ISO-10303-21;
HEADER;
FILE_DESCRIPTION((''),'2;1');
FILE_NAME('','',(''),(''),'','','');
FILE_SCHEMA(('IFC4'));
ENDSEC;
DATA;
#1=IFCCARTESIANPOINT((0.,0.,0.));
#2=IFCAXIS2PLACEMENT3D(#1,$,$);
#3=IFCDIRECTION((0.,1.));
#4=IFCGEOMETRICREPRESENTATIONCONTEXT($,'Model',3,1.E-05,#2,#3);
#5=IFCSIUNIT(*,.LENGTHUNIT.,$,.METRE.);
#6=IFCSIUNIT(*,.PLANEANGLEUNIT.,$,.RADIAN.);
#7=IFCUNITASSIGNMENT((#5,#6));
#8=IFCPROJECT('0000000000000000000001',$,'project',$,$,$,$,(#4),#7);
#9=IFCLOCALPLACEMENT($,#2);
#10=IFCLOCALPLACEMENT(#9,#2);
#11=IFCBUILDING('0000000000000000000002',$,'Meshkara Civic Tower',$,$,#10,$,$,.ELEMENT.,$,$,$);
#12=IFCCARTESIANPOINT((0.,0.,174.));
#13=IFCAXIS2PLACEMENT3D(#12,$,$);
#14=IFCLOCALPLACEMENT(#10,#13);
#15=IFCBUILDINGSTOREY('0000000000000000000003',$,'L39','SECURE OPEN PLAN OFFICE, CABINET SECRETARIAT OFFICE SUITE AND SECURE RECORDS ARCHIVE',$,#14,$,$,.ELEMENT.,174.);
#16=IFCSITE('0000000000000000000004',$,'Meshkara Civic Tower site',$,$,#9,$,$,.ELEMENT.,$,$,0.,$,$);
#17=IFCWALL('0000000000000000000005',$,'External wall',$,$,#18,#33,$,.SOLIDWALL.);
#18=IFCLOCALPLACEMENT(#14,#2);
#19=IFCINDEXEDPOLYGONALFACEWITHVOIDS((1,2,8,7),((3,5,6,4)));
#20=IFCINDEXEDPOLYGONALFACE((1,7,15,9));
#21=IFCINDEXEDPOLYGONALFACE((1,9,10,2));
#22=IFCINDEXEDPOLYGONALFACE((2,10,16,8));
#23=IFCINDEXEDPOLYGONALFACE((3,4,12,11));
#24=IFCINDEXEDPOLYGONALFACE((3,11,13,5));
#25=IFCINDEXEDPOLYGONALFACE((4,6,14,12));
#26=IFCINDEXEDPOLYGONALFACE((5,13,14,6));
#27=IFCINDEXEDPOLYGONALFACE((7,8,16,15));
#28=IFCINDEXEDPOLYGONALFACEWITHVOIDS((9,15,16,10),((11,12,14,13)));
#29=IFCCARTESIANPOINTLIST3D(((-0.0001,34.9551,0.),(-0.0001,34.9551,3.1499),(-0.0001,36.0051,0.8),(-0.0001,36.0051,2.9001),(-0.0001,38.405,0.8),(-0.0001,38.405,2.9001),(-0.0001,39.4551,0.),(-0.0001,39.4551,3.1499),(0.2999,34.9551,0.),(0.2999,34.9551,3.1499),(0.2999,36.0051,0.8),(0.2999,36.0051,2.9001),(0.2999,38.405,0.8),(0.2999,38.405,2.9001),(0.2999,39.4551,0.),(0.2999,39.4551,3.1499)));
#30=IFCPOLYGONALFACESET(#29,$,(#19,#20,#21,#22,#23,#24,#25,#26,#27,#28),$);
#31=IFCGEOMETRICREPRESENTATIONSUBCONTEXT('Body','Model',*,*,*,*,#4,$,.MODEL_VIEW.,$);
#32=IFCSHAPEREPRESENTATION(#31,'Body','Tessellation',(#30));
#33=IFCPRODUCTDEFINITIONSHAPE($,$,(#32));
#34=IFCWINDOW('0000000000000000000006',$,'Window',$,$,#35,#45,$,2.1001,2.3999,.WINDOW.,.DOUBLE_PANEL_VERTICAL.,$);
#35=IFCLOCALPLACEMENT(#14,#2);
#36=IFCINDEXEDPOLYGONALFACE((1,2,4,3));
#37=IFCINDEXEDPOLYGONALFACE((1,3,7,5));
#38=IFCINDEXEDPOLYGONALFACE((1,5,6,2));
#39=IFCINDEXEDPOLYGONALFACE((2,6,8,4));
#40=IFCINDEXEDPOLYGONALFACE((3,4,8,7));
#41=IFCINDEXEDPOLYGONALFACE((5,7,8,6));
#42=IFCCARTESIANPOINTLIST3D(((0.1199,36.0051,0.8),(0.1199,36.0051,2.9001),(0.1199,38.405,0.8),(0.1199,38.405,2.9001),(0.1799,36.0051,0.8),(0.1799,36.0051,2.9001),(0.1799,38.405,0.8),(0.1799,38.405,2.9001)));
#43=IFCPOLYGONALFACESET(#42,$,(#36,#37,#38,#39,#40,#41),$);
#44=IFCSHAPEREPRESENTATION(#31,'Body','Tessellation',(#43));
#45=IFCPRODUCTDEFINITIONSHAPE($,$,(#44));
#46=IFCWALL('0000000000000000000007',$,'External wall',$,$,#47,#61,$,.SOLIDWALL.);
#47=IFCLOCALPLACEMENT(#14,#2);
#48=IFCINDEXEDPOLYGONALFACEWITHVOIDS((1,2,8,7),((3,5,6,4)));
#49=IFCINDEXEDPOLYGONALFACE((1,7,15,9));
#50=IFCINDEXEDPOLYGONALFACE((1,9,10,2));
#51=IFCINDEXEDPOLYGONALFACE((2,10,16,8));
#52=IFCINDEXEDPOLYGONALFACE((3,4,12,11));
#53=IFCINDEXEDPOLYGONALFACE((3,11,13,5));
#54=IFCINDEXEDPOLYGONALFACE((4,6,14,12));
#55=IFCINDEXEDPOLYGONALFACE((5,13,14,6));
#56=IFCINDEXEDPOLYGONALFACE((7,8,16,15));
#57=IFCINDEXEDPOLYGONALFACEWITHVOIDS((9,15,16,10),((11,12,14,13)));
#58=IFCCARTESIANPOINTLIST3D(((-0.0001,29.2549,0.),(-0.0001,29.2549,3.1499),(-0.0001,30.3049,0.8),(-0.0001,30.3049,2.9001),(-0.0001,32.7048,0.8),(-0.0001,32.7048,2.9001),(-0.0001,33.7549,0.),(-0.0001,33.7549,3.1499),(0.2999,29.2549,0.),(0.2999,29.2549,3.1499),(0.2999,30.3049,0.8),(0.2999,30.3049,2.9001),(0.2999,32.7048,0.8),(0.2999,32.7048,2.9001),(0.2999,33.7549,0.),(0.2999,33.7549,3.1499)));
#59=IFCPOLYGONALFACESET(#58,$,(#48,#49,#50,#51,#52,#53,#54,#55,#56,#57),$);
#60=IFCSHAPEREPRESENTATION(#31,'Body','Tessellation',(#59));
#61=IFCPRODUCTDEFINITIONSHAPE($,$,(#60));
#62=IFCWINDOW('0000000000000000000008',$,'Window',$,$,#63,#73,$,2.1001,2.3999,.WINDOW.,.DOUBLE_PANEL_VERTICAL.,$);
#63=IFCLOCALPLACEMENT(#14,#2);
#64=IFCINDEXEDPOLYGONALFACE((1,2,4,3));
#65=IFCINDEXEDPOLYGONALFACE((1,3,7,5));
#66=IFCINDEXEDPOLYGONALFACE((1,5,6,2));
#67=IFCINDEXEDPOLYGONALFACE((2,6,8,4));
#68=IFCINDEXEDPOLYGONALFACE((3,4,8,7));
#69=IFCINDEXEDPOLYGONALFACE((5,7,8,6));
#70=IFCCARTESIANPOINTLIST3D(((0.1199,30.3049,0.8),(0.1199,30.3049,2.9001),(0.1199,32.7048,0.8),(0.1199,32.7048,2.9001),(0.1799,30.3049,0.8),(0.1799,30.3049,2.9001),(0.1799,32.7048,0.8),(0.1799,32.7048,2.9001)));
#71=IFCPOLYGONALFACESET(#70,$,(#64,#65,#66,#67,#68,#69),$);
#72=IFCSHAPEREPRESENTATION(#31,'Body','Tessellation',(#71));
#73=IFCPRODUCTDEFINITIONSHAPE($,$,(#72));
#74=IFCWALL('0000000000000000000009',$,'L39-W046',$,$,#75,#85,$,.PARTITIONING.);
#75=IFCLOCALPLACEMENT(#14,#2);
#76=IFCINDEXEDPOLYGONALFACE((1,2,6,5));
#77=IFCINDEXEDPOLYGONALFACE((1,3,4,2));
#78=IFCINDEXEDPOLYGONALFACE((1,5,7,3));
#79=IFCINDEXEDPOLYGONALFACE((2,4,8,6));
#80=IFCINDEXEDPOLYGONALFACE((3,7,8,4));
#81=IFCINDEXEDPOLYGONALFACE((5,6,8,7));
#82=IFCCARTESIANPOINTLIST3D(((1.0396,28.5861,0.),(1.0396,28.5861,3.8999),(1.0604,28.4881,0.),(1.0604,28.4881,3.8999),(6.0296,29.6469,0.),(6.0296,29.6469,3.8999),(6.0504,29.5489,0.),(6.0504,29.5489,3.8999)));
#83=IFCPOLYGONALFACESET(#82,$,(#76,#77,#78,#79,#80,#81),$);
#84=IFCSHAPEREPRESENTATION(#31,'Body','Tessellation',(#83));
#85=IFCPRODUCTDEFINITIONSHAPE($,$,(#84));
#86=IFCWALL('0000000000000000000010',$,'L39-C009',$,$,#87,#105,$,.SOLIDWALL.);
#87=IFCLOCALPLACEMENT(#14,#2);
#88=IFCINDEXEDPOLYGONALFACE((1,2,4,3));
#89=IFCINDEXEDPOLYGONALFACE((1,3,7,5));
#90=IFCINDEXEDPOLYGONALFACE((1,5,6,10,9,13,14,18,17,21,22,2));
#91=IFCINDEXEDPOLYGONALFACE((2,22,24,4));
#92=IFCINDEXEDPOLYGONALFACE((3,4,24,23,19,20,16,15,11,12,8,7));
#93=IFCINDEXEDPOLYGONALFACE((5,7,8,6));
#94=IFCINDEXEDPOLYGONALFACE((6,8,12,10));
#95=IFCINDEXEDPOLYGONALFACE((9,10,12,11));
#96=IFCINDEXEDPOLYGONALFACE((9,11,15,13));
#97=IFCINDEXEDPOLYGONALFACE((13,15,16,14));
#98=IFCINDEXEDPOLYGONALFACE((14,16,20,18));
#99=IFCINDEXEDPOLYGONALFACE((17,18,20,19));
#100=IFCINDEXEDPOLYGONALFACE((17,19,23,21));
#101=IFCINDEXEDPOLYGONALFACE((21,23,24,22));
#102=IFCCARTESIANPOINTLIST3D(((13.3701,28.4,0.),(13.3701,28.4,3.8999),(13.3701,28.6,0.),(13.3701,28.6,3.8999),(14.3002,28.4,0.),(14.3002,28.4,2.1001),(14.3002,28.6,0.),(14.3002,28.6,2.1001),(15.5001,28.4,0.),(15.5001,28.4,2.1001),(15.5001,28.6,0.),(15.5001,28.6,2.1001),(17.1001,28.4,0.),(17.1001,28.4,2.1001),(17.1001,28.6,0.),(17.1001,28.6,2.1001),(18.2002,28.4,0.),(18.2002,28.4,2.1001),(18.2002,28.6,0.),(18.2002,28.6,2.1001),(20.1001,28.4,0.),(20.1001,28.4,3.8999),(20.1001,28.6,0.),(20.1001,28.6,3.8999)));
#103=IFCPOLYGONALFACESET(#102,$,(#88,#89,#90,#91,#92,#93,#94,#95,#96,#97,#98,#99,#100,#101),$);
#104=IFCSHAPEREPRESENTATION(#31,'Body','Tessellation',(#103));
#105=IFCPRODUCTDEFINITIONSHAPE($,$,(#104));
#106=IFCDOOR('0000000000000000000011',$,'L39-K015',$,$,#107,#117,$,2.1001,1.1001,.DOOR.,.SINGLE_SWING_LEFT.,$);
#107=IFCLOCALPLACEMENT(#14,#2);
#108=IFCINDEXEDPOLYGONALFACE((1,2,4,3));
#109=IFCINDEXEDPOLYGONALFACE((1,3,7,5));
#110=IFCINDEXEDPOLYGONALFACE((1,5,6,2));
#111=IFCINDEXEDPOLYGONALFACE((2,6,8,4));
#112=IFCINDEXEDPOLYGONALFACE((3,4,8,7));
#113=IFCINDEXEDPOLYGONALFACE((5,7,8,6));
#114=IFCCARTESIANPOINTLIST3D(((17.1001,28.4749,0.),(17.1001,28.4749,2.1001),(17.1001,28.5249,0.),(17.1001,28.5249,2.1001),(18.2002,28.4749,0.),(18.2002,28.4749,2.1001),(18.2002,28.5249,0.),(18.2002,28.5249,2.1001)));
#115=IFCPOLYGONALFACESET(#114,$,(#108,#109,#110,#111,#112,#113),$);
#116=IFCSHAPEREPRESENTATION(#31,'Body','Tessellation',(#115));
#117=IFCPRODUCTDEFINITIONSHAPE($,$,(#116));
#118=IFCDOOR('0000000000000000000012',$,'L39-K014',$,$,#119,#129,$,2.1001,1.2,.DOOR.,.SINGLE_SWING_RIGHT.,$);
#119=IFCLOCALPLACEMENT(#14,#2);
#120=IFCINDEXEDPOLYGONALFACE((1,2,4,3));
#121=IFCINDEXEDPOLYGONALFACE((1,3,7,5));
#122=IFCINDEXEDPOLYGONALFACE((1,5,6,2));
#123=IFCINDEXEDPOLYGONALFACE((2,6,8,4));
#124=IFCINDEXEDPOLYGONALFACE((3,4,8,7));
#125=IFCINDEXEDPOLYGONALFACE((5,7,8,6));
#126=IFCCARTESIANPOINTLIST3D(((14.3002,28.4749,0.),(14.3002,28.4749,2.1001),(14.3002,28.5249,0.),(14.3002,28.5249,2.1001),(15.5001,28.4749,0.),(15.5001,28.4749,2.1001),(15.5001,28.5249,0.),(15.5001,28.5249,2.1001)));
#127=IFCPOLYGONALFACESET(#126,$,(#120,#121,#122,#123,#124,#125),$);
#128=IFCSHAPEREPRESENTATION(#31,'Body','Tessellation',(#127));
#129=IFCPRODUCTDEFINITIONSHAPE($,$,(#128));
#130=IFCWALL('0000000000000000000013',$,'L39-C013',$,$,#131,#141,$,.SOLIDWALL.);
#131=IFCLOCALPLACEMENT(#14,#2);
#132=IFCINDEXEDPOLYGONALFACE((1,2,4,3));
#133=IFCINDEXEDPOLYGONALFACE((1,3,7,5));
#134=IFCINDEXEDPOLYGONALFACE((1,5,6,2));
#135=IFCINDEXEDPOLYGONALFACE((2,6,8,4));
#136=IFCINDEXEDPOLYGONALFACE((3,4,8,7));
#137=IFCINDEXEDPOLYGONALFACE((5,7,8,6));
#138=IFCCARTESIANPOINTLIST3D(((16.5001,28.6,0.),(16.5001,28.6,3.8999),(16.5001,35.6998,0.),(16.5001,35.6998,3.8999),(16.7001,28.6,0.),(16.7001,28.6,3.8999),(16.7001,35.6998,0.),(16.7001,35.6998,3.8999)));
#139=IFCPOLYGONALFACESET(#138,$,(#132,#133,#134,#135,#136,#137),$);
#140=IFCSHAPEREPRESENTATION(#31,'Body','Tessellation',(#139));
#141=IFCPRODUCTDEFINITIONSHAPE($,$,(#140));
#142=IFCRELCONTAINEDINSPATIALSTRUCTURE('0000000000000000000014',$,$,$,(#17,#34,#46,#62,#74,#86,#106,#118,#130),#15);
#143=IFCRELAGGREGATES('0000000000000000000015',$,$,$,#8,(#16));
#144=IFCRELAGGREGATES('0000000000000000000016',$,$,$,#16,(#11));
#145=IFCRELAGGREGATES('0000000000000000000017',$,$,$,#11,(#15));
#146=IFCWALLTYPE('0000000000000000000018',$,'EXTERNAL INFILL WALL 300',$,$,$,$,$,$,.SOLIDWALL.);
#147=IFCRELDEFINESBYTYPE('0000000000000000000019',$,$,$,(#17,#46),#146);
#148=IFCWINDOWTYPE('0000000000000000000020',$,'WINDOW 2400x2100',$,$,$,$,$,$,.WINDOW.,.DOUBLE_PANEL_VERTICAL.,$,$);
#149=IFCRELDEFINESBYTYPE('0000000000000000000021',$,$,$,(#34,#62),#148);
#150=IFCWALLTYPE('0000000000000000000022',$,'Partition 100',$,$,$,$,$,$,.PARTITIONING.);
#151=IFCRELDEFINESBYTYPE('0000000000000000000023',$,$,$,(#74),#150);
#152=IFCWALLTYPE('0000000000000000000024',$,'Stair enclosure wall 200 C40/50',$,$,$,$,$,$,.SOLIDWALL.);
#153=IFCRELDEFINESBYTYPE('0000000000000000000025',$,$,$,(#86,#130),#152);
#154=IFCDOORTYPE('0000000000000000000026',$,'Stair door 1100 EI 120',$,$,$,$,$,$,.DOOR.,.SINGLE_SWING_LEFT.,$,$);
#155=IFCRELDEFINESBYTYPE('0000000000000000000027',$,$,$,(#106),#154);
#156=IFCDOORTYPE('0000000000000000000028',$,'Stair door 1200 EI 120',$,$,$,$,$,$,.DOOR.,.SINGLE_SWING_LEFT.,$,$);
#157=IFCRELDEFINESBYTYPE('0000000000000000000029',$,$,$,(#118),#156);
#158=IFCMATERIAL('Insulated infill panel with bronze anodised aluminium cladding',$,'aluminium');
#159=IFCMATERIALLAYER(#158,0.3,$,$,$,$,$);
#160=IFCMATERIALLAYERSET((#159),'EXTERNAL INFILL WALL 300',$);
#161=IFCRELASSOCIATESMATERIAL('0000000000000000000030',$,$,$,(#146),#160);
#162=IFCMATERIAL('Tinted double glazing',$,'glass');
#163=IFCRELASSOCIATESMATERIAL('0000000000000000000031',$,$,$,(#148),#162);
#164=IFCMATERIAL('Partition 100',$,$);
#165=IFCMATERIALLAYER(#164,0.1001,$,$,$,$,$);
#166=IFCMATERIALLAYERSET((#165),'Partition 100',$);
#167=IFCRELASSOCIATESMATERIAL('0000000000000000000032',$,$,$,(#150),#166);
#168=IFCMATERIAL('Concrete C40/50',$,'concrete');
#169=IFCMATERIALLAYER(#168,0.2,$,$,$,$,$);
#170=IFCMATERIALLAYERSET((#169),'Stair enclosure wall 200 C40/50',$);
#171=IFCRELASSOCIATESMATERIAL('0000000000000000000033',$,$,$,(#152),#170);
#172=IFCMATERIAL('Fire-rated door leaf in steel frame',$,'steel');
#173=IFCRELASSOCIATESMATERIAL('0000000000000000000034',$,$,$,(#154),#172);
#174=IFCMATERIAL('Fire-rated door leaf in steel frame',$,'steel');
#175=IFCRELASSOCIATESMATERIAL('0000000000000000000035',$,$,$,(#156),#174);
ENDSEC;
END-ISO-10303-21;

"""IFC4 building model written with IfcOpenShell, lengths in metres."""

from ifc_helpers import new_model, si_unit, direction, frame, frame_2d, origin, place, context, subcontext, project, spatial, rectangle, extrude, material, layer, layer_set, type_object, element, fill, save


model = new_model("IFC4")

# Units and contexts
model_context = context("Model", 3, precision=1e-05, world=origin(), true_north=direction((0.0, 1.0)))
body_context = subcontext(model_context, "Body", "Model", "MODEL_VIEW")
ifc_project = project(units=[si_unit("LENGTHUNIT", "METRE"), si_unit("PLANEANGLEUNIT", "RADIAN")], contexts=[model_context])

# Site, building, storey
site_placement = place(None, origin())
site = spatial("IfcSite", under=ifc_project, at=site_placement, Name="Meshkara Civic Tower site", CompositionType="ELEMENT", RefElevation=0.0)
building_placement = place(site_placement, origin())
building = spatial("IfcBuilding", under=site, at=building_placement, Name="Meshkara Civic Tower", CompositionType="ELEMENT")
storey_placement = place(building_placement, frame((0.0, 0.0, 174.0)))
storey = spatial("IfcBuildingStorey", under=building, at=storey_placement, Name="L39", Description="SECURE OPEN PLAN OFFICE, CABINET SECRETARIAT OFFICE SUITE AND SECURE RECORDS ARCHIVE", CompositionType="ELEMENT", Elevation=174.0)

# Walls, openings, windows
ifc_material_1 = material(Name="Insulated infill panel with bronze anodised aluminium cladding", Category="aluminium")
ifc_layer_1 = layer(ifc_material_1, 0.3)
ifc_layer_set_1 = layer_set([ifc_layer_1], Name="EXTERNAL INFILL WALL 300")
wall_type_1 = type_object("IfcWallType", Name="EXTERNAL INFILL WALL 300", PredefinedType="SOLIDWALL", material=ifc_layer_set_1)
wall_1_placement = place(storey_placement, frame((0.1499, 39.4551, 0.0), z_axis=(0.0, 0.0, 1.0), x_axis=(0.0, -1.0, 0.0)))
wall_1 = element("IfcWall", 1, at=wall_1_placement, inside=storey, type_object=wall_type_1, Name="External wall", PredefinedType="SOLIDWALL", context=body_context, shape_type="SweptSolid", body=[
    extrude(rectangle(XDim=4.5, YDim=0.3, at=frame_2d((2.25, 0.0))), origin(), (0.0, 0.0, 1.0), 3.1499),
])
opening_1_placement = place(wall_1_placement, frame((1.05, 0.0, 0.8)))
opening_1 = element("IfcOpeningElement", 2, at=opening_1_placement, cuts=wall_1, PredefinedType="OPENING", context=body_context, shape_type="SweptSolid", body=[
    extrude(rectangle(XDim=2.3999, YDim=2.1001, at=frame_2d((1.2, 1.05))), frame((0.0, 0.1599, 0.0), z_axis=(0.0, -1.0, 0.0), x_axis=(1.0, 0.0, 0.0)), (0.0, 0.0, 1.0), 0.3201),
])
ifc_material_2 = material(Name="Tinted double glazing", Category="glass")
window_type = type_object("IfcWindowType", Name="WINDOW 2400x2100", PartitioningType="DOUBLE_PANEL_VERTICAL", PredefinedType="WINDOW", material=ifc_material_2)
window_1_placement = place(opening_1_placement, origin())
window_1 = element("IfcWindow", 3, at=window_1_placement, inside=storey, type_object=window_type, Name="Window", OverallHeight=2.1001, OverallWidth=2.3999, PartitioningType="DOUBLE_PANEL_VERTICAL", PredefinedType="WINDOW", context=body_context, shape_type="SweptSolid", body=[
    extrude(rectangle(XDim=2.3999, YDim=2.1001, at=frame_2d((1.2, 1.05))), frame((0.0, 0.03, 0.0), z_axis=(0.0, -1.0, 0.0), x_axis=(1.0, 0.0, 0.0)), (0.0, 0.0, 1.0), 0.0601),
])
fill(opening_1, window_1)
wall_2_placement = place(storey_placement, frame((0.1499, 33.7549, 0.0), z_axis=(0.0, 0.0, 1.0), x_axis=(0.0, -1.0, 0.0)))
wall_2 = element("IfcWall", 4, at=wall_2_placement, inside=storey, type_object=wall_type_1, Name="External wall", PredefinedType="SOLIDWALL", context=body_context, shape_type="SweptSolid", body=[
    extrude(rectangle(XDim=4.5, YDim=0.3, at=frame_2d((2.25, 0.0))), origin(), (0.0, 0.0, 1.0), 3.1499),
])
opening_2_placement = place(wall_2_placement, frame((1.05, 0.0, 0.8)))
opening_2 = element("IfcOpeningElement", 5, at=opening_2_placement, cuts=wall_2, PredefinedType="OPENING", context=body_context, shape_type="SweptSolid", body=[
    extrude(rectangle(XDim=2.3999, YDim=2.1001, at=frame_2d((1.2, 1.05))), frame((0.0, 0.1599, 0.0), z_axis=(0.0, -1.0, 0.0), x_axis=(1.0, 0.0, 0.0)), (0.0, 0.0, 1.0), 0.3201),
])
window_2_placement = place(opening_2_placement, origin())
window_2 = element("IfcWindow", 6, at=window_2_placement, inside=storey, type_object=window_type, Name="Window", OverallHeight=2.1001, OverallWidth=2.3999, PartitioningType="DOUBLE_PANEL_VERTICAL", PredefinedType="WINDOW", context=body_context, shape_type="SweptSolid", body=[
    extrude(rectangle(XDim=2.3999, YDim=2.1001, at=frame_2d((1.2, 1.05))), frame((0.0, 0.03, 0.0), z_axis=(0.0, -1.0, 0.0), x_axis=(1.0, 0.0, 0.0)), (0.0, 0.0, 1.0), 0.0601),
])
fill(opening_2, window_2)

# Wall
ifc_material_3 = material(Name="Partition 100")
ifc_layer_2 = layer(ifc_material_3, 0.1001)
ifc_layer_set_2 = layer_set([ifc_layer_2], Name="Partition 100")
wall_type_2 = type_object("IfcWallType", Name="Partition 100", PredefinedType="PARTITIONING", material=ifc_layer_set_2)
wall_3_placement = place(storey_placement, frame((6.04, 29.5979, 0.0), z_axis=(0.0, 0.0, 1.0), x_axis=(-0.978142, -0.207937, 0.0)))
element("IfcWall", 7, at=wall_3_placement, inside=storey, type_object=wall_type_2, Name="L39-W046", PredefinedType="PARTITIONING", context=body_context, shape_type="SweptSolid", body=[
    extrude(rectangle(XDim=5.1016, YDim=0.1001, at=frame_2d((2.5508, 0.0))), origin(), (0.0, 0.0, 1.0), 3.8999),
])

# Wall, openings, doors
ifc_material_4 = material(Name="Concrete C40/50", Category="concrete")
ifc_layer_3 = layer(ifc_material_4, 0.2)
ifc_layer_set_3 = layer_set([ifc_layer_3], Name="Stair enclosure wall 200 C40/50")
wall_type_3 = type_object("IfcWallType", Name="Stair enclosure wall 200 C40/50", PredefinedType="SOLIDWALL", material=ifc_layer_set_3)
wall_4_placement = place(storey_placement, frame((13.3701, 28.5, 0.0), z_axis=(0.0, 0.0, 1.0), x_axis=(1.0, 0.0, 0.0)))
wall_4 = element("IfcWall", 8, at=wall_4_placement, inside=storey, type_object=wall_type_3, Name="L39-C009", PredefinedType="SOLIDWALL", context=body_context, shape_type="SweptSolid", body=[
    extrude(rectangle(XDim=6.73, YDim=0.2, at=frame_2d((3.365, 0.0))), origin(), (0.0, 0.0, 1.0), 3.8999),
])
opening_3_placement = place(wall_4_placement, frame((0.9299, 0.0, 0.0)))
opening_3 = element("IfcOpeningElement", 9, at=opening_3_placement, cuts=wall_4, PredefinedType="OPENING", context=body_context, shape_type="SweptSolid", body=[
    extrude(rectangle(XDim=1.2, YDim=2.1001, at=frame_2d((0.6001, 1.05))), frame((0.0, 0.1099, 0.0), z_axis=(0.0, -1.0, 0.0), x_axis=(1.0, 0.0, 0.0)), (0.0, 0.0, 1.0), 0.22),
])
opening_4_placement = place(wall_4_placement, frame((3.73, 0.0, 0.0)))
opening_4 = element("IfcOpeningElement", 10, at=opening_4_placement, cuts=wall_4, PredefinedType="OPENING", context=body_context, shape_type="SweptSolid", body=[
    extrude(rectangle(XDim=1.1001, YDim=2.1001, at=frame_2d((0.55, 1.05))), frame((0.0, 0.1099, 0.0), z_axis=(0.0, -1.0, 0.0), x_axis=(1.0, 0.0, 0.0)), (0.0, 0.0, 1.0), 0.22),
])
ifc_material_5 = material(Name="Fire-rated door leaf in steel frame", Category="steel")
door_type_1 = type_object("IfcDoorType", Name="Stair door 1100 EI 120", OperationType="SINGLE_SWING_LEFT", PredefinedType="DOOR", material=ifc_material_5)
door_1_placement = place(opening_4_placement, origin())
door_1 = element("IfcDoor", 11, at=door_1_placement, inside=storey, type_object=door_type_1, Name="L39-K015", OperationType="SINGLE_SWING_LEFT", OverallHeight=2.1001, OverallWidth=1.1001, PredefinedType="DOOR", context=body_context, shape_type="SweptSolid", body=[
    extrude(rectangle(XDim=1.1001, YDim=2.1001, at=frame_2d((0.55, 1.05))), frame((0.0, 0.0249, 0.0), z_axis=(0.0, -1.0, 0.0), x_axis=(1.0, 0.0, 0.0)), (0.0, 0.0, 1.0), 0.05),
])
fill(opening_4, door_1)
ifc_material_6 = material(Name="Fire-rated door leaf in steel frame", Category="steel")
door_type_2 = type_object("IfcDoorType", Name="Stair door 1200 EI 120", OperationType="SINGLE_SWING_LEFT", PredefinedType="DOOR", material=ifc_material_6)
door_2_placement = place(opening_3_placement, origin())
door_2 = element("IfcDoor", 12, at=door_2_placement, inside=storey, type_object=door_type_2, Name="L39-K014", OperationType="SINGLE_SWING_RIGHT", OverallHeight=2.1001, OverallWidth=1.2, PredefinedType="DOOR", context=body_context, shape_type="SweptSolid", body=[
    extrude(rectangle(XDim=1.2, YDim=2.1001, at=frame_2d((0.6001, 1.05))), frame((0.0, 0.0249, 0.0), z_axis=(0.0, -1.0, 0.0), x_axis=(1.0, 0.0, 0.0)), (0.0, 0.0, 1.0), 0.05),
])
fill(opening_3, door_2)

# Wall
wall_5_placement = place(storey_placement, frame((16.6001, 28.6001, 0.0), z_axis=(0.0, 0.0, 1.0), x_axis=(0.0, 1.0, 0.0)))
element("IfcWall", 13, at=wall_5_placement, inside=storey, type_object=wall_type_3, Name="L39-C013", PredefinedType="SOLIDWALL", context=body_context, shape_type="SweptSolid", body=[
    extrude(rectangle(XDim=7.0999, YDim=0.2, at=frame_2d((3.5498, 0.0))), origin(), (0.0, 0.0, 1.0), 3.8999),
])

save(model, "model.ifc")
